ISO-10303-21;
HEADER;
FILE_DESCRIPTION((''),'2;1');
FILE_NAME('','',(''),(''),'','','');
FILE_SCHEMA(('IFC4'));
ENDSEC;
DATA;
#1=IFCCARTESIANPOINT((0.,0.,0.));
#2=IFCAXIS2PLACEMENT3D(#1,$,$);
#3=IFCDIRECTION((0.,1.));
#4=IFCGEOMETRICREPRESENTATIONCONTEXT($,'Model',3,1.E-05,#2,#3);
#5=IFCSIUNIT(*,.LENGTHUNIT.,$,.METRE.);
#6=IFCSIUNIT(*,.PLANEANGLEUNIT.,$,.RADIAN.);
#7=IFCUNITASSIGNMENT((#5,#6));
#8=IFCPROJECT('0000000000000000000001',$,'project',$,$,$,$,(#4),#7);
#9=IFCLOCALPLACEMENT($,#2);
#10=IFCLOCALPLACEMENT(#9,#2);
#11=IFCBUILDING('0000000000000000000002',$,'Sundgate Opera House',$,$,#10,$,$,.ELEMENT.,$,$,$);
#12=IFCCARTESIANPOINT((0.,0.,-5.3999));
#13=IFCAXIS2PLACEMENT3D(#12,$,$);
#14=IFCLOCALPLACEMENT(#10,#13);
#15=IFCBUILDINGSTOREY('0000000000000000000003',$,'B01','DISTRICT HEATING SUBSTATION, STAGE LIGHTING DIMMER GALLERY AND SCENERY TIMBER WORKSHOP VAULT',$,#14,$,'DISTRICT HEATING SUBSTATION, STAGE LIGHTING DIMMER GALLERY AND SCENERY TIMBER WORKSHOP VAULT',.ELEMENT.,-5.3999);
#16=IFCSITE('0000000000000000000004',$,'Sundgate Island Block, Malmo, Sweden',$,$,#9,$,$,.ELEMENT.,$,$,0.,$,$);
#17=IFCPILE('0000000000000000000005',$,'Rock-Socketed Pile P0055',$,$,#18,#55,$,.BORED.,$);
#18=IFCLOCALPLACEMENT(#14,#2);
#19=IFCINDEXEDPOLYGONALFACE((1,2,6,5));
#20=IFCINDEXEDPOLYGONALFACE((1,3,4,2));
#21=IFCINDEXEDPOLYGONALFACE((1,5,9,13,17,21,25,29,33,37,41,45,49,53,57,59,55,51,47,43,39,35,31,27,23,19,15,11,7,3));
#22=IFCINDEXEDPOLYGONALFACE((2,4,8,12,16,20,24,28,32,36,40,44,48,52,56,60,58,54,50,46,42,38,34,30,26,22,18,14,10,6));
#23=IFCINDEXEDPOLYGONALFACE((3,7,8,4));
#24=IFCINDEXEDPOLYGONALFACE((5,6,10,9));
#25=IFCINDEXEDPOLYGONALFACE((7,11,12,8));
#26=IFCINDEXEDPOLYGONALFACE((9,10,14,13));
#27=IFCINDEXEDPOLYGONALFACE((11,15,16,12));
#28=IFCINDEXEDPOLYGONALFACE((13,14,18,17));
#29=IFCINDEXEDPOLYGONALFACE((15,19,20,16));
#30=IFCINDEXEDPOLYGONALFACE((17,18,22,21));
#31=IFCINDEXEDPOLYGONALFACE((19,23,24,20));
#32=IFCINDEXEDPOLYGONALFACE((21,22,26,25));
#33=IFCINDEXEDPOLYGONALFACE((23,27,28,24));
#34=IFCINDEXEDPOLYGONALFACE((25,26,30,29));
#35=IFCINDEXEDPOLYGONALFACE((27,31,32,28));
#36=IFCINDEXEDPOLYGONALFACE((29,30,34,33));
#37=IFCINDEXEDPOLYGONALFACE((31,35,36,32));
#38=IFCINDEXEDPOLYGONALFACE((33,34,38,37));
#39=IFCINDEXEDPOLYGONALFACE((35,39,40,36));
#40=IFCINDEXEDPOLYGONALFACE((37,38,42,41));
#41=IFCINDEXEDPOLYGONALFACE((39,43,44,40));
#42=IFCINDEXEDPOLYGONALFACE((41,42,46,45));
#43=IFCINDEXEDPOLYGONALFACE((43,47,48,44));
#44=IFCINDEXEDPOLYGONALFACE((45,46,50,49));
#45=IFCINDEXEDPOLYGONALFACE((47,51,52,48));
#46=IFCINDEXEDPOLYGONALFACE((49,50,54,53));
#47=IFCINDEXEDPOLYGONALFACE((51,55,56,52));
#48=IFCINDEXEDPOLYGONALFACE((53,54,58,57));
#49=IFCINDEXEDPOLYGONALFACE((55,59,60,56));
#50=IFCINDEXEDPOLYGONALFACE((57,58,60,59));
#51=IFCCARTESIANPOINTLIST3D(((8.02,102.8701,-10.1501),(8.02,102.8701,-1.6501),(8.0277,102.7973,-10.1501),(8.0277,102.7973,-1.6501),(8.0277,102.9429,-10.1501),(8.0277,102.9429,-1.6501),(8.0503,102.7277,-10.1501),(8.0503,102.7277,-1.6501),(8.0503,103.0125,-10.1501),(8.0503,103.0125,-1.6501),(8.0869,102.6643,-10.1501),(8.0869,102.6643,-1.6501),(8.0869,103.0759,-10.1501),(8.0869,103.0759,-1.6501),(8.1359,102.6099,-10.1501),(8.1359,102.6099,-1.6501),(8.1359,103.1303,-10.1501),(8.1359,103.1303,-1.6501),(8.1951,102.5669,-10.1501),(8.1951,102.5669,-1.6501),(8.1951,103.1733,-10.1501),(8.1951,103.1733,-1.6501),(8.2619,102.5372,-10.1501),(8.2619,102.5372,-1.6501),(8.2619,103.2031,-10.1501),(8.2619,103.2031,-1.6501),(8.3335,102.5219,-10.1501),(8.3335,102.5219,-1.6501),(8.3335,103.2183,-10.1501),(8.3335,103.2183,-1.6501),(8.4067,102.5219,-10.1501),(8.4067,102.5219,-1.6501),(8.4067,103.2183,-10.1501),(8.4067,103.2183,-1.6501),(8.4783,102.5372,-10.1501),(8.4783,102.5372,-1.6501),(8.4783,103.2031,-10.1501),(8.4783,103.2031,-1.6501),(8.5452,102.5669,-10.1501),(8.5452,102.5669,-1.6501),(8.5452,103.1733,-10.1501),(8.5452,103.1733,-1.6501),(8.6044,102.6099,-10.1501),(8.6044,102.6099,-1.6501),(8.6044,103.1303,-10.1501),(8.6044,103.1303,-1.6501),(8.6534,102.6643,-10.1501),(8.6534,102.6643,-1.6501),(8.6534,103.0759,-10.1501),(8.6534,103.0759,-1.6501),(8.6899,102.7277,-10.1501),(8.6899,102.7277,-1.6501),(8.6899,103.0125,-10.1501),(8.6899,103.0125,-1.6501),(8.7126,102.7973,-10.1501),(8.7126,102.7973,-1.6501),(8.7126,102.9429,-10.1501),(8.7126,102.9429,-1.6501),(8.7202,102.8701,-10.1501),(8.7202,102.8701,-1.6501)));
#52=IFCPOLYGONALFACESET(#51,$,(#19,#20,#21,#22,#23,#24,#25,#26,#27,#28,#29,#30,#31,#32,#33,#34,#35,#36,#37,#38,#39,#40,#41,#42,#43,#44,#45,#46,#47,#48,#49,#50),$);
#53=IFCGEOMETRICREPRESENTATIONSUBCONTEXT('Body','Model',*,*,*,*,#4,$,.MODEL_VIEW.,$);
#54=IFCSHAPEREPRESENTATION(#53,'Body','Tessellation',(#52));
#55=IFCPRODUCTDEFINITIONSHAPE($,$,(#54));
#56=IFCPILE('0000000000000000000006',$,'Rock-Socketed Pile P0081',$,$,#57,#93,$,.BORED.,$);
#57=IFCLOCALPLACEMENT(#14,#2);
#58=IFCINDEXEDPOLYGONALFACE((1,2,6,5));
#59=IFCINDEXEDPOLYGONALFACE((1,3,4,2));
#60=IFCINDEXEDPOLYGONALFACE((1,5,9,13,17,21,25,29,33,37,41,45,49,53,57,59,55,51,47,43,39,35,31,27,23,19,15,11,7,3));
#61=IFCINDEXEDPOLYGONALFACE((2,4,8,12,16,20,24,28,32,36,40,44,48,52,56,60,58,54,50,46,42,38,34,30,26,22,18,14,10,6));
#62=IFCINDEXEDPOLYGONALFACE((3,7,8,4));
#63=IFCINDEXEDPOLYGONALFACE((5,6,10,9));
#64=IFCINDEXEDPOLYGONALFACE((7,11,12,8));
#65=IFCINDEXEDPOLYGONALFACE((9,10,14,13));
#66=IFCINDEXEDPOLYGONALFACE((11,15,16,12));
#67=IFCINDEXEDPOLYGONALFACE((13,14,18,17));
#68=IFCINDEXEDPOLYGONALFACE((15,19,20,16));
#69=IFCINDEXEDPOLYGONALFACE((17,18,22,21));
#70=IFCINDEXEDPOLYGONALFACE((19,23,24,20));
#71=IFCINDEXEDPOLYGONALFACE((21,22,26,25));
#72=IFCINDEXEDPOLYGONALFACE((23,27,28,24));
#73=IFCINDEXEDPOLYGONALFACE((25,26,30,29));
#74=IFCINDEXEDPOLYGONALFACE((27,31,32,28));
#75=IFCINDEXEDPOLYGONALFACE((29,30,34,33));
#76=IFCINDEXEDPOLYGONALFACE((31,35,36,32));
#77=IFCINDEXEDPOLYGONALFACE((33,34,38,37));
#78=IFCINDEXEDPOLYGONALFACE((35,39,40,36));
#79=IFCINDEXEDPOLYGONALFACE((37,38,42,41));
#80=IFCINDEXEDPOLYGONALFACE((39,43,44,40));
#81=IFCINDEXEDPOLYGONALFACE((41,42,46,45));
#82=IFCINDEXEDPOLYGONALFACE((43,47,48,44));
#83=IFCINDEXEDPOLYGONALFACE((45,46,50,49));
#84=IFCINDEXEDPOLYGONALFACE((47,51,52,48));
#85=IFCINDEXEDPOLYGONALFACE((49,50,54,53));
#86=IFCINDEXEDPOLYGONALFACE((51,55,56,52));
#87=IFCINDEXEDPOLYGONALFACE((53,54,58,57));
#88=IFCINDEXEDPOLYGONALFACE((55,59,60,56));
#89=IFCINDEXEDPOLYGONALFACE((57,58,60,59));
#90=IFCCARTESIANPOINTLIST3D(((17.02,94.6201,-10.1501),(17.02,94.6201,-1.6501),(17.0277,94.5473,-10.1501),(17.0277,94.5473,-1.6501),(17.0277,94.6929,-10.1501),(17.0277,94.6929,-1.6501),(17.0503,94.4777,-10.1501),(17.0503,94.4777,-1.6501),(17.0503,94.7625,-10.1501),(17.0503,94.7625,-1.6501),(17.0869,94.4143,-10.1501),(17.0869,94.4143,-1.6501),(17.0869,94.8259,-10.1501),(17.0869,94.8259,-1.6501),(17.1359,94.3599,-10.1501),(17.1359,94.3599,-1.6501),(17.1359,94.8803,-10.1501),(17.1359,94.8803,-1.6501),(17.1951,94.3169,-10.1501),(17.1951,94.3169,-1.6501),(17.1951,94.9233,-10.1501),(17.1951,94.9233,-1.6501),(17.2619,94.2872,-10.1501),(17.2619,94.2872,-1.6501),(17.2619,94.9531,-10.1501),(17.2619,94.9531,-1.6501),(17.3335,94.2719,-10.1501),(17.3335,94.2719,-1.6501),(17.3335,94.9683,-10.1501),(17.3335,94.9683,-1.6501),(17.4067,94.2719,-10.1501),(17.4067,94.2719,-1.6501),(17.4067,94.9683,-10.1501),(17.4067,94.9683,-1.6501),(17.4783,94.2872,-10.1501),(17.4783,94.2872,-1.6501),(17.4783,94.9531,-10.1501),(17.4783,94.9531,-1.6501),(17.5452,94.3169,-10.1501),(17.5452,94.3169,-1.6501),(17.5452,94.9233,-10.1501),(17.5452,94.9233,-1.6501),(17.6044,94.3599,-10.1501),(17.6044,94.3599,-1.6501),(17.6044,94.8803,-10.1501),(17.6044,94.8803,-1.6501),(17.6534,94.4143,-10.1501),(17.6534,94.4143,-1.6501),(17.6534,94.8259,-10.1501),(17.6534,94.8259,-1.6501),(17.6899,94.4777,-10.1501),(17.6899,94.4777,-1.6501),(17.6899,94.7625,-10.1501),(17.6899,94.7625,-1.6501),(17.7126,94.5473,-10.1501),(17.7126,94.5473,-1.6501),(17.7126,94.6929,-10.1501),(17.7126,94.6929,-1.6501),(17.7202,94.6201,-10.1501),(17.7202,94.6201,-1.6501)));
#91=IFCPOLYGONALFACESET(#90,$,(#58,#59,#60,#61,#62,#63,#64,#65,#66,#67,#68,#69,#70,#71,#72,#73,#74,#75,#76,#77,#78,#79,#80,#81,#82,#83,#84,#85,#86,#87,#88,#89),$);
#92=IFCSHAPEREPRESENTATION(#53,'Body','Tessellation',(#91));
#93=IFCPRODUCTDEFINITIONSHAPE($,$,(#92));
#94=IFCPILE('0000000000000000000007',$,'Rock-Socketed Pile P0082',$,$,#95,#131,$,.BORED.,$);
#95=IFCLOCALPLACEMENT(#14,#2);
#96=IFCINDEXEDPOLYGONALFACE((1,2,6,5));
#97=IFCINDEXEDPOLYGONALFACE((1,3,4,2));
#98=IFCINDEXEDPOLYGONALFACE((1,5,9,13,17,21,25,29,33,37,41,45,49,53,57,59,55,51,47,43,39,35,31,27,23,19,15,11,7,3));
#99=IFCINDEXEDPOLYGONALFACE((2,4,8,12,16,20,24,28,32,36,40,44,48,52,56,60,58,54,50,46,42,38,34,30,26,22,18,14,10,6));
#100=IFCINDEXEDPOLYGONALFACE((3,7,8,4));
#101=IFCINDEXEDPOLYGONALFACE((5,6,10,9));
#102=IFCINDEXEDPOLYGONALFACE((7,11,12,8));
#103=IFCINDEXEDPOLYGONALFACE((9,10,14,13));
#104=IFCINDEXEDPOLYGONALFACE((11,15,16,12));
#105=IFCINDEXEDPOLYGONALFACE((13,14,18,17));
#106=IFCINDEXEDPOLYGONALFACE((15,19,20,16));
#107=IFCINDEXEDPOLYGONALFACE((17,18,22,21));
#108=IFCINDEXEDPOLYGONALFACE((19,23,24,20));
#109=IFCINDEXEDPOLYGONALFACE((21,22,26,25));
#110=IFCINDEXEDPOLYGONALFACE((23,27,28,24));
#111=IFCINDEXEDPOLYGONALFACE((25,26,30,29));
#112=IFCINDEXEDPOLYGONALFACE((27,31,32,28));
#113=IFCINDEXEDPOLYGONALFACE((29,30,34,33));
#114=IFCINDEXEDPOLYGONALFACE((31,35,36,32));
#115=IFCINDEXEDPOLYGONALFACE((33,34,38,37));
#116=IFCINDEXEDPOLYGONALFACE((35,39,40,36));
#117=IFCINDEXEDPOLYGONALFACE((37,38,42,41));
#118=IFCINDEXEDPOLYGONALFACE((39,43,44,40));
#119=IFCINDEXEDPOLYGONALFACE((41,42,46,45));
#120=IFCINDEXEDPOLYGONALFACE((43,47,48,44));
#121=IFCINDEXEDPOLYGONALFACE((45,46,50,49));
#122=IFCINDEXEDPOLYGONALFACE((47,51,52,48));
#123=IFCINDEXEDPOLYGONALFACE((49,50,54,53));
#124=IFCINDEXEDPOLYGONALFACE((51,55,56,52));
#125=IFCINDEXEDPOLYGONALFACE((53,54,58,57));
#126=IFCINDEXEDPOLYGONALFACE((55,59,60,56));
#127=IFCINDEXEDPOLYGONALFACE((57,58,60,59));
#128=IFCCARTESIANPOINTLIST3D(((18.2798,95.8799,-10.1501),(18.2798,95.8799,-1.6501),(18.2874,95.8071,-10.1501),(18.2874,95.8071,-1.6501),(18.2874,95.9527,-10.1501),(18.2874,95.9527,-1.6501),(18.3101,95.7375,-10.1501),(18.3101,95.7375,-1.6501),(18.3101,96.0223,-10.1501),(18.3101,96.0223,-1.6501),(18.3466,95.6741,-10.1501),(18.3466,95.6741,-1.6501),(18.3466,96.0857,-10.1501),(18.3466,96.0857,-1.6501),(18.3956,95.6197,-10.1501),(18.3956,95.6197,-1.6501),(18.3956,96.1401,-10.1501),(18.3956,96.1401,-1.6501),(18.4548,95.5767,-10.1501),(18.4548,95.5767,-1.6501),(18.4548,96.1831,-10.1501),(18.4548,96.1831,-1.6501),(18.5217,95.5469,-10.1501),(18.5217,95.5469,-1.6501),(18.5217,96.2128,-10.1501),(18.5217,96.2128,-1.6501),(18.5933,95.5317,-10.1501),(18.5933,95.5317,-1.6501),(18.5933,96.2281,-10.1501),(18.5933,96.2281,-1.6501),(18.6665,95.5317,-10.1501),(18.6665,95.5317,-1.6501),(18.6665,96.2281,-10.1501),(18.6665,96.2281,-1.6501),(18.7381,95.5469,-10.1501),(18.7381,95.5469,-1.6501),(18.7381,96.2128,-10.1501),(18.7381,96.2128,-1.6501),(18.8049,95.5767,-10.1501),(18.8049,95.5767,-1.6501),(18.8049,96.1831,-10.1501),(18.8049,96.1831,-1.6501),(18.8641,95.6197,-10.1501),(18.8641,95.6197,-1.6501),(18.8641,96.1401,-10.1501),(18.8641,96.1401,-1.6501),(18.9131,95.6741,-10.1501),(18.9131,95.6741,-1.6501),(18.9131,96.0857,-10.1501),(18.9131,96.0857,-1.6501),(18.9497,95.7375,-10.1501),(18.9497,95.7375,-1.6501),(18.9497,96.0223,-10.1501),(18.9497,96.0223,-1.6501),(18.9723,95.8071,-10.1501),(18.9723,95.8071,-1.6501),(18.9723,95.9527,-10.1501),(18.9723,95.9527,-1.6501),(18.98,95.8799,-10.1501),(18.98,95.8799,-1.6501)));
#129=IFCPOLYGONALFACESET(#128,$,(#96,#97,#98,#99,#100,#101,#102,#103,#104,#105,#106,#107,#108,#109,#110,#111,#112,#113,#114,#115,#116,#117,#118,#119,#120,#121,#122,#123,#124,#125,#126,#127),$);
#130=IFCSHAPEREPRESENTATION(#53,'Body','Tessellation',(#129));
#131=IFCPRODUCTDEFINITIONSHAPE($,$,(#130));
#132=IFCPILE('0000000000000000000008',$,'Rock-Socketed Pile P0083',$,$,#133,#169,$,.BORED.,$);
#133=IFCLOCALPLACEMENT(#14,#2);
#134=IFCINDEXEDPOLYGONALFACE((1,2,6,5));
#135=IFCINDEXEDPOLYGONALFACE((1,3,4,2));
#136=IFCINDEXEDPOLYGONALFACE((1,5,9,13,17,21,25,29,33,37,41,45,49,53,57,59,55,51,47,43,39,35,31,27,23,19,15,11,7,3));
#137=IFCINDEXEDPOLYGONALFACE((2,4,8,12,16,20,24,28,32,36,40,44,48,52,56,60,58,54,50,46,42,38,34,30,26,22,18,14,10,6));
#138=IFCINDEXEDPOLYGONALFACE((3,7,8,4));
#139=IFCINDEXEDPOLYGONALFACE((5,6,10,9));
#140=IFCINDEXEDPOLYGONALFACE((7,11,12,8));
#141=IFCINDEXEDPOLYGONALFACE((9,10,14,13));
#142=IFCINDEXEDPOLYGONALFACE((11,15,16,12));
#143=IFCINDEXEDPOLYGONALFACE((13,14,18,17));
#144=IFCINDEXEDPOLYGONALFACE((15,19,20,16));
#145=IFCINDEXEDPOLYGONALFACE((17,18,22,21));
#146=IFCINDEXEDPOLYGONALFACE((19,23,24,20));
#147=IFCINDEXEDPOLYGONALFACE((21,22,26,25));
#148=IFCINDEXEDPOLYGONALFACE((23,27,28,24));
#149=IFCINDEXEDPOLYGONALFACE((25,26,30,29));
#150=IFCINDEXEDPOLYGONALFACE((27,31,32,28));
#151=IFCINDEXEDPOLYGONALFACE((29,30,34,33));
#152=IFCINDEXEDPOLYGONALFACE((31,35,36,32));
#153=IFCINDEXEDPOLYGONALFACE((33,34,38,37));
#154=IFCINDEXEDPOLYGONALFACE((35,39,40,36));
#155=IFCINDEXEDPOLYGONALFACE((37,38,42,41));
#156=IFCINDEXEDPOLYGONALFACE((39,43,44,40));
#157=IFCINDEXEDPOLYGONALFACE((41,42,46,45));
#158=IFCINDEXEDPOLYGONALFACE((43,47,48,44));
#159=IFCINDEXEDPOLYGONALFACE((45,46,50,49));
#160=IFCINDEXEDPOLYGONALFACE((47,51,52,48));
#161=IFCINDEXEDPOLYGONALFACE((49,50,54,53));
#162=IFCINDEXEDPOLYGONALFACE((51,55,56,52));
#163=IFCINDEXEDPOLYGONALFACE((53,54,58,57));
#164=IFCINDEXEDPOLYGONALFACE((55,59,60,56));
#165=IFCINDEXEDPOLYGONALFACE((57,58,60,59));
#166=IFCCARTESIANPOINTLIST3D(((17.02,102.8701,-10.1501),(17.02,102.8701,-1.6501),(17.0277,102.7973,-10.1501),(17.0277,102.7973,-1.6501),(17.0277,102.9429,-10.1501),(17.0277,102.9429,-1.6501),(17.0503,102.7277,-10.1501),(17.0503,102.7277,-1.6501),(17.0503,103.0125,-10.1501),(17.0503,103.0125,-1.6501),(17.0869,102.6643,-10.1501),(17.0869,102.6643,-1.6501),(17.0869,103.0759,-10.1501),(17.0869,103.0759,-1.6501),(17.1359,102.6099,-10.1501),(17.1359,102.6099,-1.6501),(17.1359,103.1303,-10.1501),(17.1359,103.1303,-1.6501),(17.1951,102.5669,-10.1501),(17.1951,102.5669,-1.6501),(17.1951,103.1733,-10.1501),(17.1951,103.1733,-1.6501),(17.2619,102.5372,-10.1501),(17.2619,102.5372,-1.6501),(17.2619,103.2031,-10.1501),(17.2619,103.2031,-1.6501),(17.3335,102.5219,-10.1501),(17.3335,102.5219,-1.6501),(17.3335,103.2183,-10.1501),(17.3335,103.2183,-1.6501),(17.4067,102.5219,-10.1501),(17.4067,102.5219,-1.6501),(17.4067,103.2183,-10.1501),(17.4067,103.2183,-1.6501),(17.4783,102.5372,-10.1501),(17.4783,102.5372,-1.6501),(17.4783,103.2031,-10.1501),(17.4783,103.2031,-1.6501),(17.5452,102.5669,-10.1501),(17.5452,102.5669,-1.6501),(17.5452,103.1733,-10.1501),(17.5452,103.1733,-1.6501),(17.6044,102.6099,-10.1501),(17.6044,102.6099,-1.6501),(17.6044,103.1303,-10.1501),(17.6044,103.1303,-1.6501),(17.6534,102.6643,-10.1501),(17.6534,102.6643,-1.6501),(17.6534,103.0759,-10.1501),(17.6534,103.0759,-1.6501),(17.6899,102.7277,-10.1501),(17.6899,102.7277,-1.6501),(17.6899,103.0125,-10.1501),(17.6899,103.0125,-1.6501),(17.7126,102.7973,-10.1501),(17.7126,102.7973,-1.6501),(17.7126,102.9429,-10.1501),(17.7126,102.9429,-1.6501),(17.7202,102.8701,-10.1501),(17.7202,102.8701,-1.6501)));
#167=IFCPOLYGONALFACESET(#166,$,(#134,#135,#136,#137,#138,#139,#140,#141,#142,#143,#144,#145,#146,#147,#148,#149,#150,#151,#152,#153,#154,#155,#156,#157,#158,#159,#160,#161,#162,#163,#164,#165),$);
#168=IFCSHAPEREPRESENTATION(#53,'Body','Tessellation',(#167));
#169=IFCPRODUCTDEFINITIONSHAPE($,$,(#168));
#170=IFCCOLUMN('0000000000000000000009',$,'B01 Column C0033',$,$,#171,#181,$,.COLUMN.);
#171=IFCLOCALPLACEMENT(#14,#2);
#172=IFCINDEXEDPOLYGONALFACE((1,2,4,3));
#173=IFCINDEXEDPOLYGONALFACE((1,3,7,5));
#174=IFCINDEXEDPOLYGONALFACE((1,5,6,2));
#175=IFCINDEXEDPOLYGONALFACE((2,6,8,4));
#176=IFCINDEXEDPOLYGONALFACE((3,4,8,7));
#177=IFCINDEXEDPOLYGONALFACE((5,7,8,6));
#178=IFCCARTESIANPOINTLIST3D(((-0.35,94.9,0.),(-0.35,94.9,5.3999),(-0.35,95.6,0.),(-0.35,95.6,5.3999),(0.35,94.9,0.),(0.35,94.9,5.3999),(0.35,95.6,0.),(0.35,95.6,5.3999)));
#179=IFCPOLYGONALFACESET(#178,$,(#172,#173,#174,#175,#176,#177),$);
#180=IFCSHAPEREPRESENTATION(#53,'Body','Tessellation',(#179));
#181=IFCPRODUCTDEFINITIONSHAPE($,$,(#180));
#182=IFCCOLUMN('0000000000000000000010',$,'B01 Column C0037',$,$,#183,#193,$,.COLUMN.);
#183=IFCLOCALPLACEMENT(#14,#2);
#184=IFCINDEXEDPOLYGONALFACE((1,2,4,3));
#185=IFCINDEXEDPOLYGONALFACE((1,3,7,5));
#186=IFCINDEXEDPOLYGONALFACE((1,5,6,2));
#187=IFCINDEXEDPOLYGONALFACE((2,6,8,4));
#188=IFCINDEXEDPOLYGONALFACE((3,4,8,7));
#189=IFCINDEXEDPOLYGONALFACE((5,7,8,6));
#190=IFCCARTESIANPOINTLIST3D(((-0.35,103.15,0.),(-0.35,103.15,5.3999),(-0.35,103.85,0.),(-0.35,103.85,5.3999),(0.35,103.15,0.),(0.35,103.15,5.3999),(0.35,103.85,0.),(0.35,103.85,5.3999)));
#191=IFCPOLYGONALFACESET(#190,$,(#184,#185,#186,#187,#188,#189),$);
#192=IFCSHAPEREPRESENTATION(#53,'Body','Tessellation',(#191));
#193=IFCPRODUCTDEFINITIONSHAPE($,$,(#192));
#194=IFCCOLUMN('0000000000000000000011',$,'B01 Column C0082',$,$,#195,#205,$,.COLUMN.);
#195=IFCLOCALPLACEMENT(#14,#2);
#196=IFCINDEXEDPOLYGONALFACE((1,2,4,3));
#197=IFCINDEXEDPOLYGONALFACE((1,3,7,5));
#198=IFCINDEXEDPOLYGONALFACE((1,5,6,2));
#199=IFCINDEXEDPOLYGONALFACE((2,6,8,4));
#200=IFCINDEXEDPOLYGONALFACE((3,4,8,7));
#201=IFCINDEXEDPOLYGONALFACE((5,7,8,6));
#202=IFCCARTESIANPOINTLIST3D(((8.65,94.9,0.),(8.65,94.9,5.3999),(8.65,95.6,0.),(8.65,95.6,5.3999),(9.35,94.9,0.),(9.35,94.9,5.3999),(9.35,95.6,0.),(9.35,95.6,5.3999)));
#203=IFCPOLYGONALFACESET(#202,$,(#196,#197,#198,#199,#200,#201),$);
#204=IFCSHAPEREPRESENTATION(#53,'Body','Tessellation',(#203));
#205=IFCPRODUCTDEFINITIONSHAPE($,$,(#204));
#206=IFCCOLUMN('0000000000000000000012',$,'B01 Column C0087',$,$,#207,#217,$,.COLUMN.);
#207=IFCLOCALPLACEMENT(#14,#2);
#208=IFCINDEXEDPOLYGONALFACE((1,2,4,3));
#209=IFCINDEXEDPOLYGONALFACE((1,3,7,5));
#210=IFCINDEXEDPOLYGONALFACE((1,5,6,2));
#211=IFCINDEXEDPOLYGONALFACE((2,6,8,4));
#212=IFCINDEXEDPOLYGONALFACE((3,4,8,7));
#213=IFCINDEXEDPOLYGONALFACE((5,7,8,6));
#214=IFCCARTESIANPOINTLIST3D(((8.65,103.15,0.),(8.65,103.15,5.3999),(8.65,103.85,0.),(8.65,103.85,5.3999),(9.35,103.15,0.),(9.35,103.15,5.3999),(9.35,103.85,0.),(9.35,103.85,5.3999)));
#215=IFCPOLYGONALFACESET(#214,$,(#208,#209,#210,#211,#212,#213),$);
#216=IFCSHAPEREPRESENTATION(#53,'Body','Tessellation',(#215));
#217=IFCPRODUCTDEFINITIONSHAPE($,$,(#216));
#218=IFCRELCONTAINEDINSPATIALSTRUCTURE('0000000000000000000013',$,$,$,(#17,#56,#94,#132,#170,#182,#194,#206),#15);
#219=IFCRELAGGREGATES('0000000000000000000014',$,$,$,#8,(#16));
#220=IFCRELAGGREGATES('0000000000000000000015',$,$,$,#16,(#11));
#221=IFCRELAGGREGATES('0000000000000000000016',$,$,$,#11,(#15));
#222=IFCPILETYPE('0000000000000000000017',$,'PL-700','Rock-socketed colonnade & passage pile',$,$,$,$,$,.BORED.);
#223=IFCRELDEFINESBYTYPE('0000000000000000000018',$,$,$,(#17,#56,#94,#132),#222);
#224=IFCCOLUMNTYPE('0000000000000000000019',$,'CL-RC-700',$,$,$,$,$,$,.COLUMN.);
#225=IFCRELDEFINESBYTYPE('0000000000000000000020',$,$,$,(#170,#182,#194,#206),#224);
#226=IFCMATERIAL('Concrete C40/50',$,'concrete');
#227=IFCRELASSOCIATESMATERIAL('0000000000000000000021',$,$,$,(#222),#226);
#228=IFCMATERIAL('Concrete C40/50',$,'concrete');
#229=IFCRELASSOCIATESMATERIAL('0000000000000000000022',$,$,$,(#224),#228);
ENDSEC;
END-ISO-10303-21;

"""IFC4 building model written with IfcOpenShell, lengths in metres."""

from ifc_helpers import new_model, si_unit, direction, frame, origin, origin_2d, place, context, subcontext, project, spatial, rectangle, circle, extrude, material, material_profile, profile_set, type_object, element, save


model = new_model("IFC4")

# Units and contexts
model_context = context("Model", 3, precision=1e-05, world=origin(), true_north=direction((0.0, 1.0)))
body_context = subcontext(model_context, "Body", "Model", "MODEL_VIEW")
ifc_project = project(units=[si_unit("LENGTHUNIT", "METRE"), si_unit("PLANEANGLEUNIT", "RADIAN")], contexts=[model_context])

# Site, building, storey
site_placement = place(None, origin())
site = spatial("IfcSite", under=ifc_project, at=site_placement, Name="Sundgate Island Block, Malmo, Sweden", CompositionType="ELEMENT", RefElevation=0.0)
building_placement = place(site_placement, origin())
building = spatial("IfcBuilding", under=site, at=building_placement, Name="Sundgate Opera House", CompositionType="ELEMENT")
storey_placement = place(building_placement, frame((0.0, 0.0, -5.3999)))
storey = spatial("IfcBuildingStorey", under=building, at=storey_placement, Name="B01", Description="DISTRICT HEATING SUBSTATION, STAGE LIGHTING DIMMER GALLERY AND SCENERY TIMBER WORKSHOP VAULT", LongName="DISTRICT HEATING SUBSTATION, STAGE LIGHTING DIMMER GALLERY AND SCENERY TIMBER WORKSHOP VAULT", CompositionType="ELEMENT", Elevation=-5.3999)

# Piles
ifc_material_1 = material(Name="Concrete C40/50", Category="concrete")
ifc_material_profile_1 = material_profile(ifc_material_1, circle(Radius=0.3501, at=origin_2d()), Name="PILE D700")
ifc_profile_set_1 = profile_set([ifc_material_profile_1], Name="Concrete C40/50")
pile_type = type_object("IfcPileType", Name="PL-700", Description="Rock-socketed colonnade & passage pile", PredefinedType="BORED", material=ifc_profile_set_1)
for number, where, z_axis, x_axis, name in (
    (1, (8.3701, 102.8701, -1.6501), (0.0, 0.0, -1.0), (1.0, 0.0, 0.0), "Rock-Socketed Pile P0055"),
    (2, (17.3701, 94.6201, -1.6501), (0.0, 0.0, -1.0), (1.0, 0.0, 0.0), "Rock-Socketed Pile P0081"),
    (3, (18.6299, 95.8799, -1.6501), (0.0, 0.0, -1.0), (1.0, 0.0, 0.0), "Rock-Socketed Pile P0082"),
    (4, (17.3701, 102.8701, -1.6501), (0.0, 0.0, -1.0), (1.0, 0.0, 0.0), "Rock-Socketed Pile P0083"),
):
    element("IfcPile", number, at=place(storey_placement, frame(where, z_axis=z_axis, x_axis=x_axis)), inside=storey, type_object=pile_type, Name=name, PredefinedType="BORED", context=body_context, shape_type="SweptSolid", body=[
        extrude(circle(Radius=0.3501, at=origin_2d()), origin(), (0.0, 0.0, 1.0), 8.5),
    ])

# Columns
ifc_material_2 = material(Name="Concrete C40/50", Category="concrete")
ifc_material_profile_2 = material_profile(ifc_material_2, rectangle(XDim=0.7, YDim=0.7, at=origin_2d()), Name="RC 700x700")
ifc_profile_set_2 = profile_set([ifc_material_profile_2], Name="Concrete C40/50")
column_type = type_object("IfcColumnType", Name="CL-RC-700", PredefinedType="COLUMN", material=ifc_profile_set_2)
for number, where, z_axis, x_axis, name in (
    (5, (0.0, 95.25, 0.0), (0.0, 0.0, 1.0), (1.0, 0.0, 0.0), "B01 Column C0033"),
    (6, (0.0, 103.5, 0.0), (0.0, 0.0, 1.0), (1.0, 0.0, 0.0), "B01 Column C0037"),
    (7, (9.0, 95.25, 0.0), (0.0, 0.0, 1.0), (1.0, 0.0, 0.0), "B01 Column C0082"),
    (8, (9.0, 103.5, 0.0), (0.0, 0.0, 1.0), (1.0, 0.0, 0.0), "B01 Column C0087"),
):
    element("IfcColumn", number, at=place(storey_placement, frame(where, z_axis=z_axis, x_axis=x_axis)), inside=storey, type_object=column_type, Name=name, PredefinedType="COLUMN", context=body_context, shape_type="SweptSolid", body=[
        extrude(rectangle(XDim=0.7, YDim=0.7, at=origin_2d()), origin(), (0.0, 0.0, 1.0), 5.3999),
    ])

save(model, "model.ifc")
